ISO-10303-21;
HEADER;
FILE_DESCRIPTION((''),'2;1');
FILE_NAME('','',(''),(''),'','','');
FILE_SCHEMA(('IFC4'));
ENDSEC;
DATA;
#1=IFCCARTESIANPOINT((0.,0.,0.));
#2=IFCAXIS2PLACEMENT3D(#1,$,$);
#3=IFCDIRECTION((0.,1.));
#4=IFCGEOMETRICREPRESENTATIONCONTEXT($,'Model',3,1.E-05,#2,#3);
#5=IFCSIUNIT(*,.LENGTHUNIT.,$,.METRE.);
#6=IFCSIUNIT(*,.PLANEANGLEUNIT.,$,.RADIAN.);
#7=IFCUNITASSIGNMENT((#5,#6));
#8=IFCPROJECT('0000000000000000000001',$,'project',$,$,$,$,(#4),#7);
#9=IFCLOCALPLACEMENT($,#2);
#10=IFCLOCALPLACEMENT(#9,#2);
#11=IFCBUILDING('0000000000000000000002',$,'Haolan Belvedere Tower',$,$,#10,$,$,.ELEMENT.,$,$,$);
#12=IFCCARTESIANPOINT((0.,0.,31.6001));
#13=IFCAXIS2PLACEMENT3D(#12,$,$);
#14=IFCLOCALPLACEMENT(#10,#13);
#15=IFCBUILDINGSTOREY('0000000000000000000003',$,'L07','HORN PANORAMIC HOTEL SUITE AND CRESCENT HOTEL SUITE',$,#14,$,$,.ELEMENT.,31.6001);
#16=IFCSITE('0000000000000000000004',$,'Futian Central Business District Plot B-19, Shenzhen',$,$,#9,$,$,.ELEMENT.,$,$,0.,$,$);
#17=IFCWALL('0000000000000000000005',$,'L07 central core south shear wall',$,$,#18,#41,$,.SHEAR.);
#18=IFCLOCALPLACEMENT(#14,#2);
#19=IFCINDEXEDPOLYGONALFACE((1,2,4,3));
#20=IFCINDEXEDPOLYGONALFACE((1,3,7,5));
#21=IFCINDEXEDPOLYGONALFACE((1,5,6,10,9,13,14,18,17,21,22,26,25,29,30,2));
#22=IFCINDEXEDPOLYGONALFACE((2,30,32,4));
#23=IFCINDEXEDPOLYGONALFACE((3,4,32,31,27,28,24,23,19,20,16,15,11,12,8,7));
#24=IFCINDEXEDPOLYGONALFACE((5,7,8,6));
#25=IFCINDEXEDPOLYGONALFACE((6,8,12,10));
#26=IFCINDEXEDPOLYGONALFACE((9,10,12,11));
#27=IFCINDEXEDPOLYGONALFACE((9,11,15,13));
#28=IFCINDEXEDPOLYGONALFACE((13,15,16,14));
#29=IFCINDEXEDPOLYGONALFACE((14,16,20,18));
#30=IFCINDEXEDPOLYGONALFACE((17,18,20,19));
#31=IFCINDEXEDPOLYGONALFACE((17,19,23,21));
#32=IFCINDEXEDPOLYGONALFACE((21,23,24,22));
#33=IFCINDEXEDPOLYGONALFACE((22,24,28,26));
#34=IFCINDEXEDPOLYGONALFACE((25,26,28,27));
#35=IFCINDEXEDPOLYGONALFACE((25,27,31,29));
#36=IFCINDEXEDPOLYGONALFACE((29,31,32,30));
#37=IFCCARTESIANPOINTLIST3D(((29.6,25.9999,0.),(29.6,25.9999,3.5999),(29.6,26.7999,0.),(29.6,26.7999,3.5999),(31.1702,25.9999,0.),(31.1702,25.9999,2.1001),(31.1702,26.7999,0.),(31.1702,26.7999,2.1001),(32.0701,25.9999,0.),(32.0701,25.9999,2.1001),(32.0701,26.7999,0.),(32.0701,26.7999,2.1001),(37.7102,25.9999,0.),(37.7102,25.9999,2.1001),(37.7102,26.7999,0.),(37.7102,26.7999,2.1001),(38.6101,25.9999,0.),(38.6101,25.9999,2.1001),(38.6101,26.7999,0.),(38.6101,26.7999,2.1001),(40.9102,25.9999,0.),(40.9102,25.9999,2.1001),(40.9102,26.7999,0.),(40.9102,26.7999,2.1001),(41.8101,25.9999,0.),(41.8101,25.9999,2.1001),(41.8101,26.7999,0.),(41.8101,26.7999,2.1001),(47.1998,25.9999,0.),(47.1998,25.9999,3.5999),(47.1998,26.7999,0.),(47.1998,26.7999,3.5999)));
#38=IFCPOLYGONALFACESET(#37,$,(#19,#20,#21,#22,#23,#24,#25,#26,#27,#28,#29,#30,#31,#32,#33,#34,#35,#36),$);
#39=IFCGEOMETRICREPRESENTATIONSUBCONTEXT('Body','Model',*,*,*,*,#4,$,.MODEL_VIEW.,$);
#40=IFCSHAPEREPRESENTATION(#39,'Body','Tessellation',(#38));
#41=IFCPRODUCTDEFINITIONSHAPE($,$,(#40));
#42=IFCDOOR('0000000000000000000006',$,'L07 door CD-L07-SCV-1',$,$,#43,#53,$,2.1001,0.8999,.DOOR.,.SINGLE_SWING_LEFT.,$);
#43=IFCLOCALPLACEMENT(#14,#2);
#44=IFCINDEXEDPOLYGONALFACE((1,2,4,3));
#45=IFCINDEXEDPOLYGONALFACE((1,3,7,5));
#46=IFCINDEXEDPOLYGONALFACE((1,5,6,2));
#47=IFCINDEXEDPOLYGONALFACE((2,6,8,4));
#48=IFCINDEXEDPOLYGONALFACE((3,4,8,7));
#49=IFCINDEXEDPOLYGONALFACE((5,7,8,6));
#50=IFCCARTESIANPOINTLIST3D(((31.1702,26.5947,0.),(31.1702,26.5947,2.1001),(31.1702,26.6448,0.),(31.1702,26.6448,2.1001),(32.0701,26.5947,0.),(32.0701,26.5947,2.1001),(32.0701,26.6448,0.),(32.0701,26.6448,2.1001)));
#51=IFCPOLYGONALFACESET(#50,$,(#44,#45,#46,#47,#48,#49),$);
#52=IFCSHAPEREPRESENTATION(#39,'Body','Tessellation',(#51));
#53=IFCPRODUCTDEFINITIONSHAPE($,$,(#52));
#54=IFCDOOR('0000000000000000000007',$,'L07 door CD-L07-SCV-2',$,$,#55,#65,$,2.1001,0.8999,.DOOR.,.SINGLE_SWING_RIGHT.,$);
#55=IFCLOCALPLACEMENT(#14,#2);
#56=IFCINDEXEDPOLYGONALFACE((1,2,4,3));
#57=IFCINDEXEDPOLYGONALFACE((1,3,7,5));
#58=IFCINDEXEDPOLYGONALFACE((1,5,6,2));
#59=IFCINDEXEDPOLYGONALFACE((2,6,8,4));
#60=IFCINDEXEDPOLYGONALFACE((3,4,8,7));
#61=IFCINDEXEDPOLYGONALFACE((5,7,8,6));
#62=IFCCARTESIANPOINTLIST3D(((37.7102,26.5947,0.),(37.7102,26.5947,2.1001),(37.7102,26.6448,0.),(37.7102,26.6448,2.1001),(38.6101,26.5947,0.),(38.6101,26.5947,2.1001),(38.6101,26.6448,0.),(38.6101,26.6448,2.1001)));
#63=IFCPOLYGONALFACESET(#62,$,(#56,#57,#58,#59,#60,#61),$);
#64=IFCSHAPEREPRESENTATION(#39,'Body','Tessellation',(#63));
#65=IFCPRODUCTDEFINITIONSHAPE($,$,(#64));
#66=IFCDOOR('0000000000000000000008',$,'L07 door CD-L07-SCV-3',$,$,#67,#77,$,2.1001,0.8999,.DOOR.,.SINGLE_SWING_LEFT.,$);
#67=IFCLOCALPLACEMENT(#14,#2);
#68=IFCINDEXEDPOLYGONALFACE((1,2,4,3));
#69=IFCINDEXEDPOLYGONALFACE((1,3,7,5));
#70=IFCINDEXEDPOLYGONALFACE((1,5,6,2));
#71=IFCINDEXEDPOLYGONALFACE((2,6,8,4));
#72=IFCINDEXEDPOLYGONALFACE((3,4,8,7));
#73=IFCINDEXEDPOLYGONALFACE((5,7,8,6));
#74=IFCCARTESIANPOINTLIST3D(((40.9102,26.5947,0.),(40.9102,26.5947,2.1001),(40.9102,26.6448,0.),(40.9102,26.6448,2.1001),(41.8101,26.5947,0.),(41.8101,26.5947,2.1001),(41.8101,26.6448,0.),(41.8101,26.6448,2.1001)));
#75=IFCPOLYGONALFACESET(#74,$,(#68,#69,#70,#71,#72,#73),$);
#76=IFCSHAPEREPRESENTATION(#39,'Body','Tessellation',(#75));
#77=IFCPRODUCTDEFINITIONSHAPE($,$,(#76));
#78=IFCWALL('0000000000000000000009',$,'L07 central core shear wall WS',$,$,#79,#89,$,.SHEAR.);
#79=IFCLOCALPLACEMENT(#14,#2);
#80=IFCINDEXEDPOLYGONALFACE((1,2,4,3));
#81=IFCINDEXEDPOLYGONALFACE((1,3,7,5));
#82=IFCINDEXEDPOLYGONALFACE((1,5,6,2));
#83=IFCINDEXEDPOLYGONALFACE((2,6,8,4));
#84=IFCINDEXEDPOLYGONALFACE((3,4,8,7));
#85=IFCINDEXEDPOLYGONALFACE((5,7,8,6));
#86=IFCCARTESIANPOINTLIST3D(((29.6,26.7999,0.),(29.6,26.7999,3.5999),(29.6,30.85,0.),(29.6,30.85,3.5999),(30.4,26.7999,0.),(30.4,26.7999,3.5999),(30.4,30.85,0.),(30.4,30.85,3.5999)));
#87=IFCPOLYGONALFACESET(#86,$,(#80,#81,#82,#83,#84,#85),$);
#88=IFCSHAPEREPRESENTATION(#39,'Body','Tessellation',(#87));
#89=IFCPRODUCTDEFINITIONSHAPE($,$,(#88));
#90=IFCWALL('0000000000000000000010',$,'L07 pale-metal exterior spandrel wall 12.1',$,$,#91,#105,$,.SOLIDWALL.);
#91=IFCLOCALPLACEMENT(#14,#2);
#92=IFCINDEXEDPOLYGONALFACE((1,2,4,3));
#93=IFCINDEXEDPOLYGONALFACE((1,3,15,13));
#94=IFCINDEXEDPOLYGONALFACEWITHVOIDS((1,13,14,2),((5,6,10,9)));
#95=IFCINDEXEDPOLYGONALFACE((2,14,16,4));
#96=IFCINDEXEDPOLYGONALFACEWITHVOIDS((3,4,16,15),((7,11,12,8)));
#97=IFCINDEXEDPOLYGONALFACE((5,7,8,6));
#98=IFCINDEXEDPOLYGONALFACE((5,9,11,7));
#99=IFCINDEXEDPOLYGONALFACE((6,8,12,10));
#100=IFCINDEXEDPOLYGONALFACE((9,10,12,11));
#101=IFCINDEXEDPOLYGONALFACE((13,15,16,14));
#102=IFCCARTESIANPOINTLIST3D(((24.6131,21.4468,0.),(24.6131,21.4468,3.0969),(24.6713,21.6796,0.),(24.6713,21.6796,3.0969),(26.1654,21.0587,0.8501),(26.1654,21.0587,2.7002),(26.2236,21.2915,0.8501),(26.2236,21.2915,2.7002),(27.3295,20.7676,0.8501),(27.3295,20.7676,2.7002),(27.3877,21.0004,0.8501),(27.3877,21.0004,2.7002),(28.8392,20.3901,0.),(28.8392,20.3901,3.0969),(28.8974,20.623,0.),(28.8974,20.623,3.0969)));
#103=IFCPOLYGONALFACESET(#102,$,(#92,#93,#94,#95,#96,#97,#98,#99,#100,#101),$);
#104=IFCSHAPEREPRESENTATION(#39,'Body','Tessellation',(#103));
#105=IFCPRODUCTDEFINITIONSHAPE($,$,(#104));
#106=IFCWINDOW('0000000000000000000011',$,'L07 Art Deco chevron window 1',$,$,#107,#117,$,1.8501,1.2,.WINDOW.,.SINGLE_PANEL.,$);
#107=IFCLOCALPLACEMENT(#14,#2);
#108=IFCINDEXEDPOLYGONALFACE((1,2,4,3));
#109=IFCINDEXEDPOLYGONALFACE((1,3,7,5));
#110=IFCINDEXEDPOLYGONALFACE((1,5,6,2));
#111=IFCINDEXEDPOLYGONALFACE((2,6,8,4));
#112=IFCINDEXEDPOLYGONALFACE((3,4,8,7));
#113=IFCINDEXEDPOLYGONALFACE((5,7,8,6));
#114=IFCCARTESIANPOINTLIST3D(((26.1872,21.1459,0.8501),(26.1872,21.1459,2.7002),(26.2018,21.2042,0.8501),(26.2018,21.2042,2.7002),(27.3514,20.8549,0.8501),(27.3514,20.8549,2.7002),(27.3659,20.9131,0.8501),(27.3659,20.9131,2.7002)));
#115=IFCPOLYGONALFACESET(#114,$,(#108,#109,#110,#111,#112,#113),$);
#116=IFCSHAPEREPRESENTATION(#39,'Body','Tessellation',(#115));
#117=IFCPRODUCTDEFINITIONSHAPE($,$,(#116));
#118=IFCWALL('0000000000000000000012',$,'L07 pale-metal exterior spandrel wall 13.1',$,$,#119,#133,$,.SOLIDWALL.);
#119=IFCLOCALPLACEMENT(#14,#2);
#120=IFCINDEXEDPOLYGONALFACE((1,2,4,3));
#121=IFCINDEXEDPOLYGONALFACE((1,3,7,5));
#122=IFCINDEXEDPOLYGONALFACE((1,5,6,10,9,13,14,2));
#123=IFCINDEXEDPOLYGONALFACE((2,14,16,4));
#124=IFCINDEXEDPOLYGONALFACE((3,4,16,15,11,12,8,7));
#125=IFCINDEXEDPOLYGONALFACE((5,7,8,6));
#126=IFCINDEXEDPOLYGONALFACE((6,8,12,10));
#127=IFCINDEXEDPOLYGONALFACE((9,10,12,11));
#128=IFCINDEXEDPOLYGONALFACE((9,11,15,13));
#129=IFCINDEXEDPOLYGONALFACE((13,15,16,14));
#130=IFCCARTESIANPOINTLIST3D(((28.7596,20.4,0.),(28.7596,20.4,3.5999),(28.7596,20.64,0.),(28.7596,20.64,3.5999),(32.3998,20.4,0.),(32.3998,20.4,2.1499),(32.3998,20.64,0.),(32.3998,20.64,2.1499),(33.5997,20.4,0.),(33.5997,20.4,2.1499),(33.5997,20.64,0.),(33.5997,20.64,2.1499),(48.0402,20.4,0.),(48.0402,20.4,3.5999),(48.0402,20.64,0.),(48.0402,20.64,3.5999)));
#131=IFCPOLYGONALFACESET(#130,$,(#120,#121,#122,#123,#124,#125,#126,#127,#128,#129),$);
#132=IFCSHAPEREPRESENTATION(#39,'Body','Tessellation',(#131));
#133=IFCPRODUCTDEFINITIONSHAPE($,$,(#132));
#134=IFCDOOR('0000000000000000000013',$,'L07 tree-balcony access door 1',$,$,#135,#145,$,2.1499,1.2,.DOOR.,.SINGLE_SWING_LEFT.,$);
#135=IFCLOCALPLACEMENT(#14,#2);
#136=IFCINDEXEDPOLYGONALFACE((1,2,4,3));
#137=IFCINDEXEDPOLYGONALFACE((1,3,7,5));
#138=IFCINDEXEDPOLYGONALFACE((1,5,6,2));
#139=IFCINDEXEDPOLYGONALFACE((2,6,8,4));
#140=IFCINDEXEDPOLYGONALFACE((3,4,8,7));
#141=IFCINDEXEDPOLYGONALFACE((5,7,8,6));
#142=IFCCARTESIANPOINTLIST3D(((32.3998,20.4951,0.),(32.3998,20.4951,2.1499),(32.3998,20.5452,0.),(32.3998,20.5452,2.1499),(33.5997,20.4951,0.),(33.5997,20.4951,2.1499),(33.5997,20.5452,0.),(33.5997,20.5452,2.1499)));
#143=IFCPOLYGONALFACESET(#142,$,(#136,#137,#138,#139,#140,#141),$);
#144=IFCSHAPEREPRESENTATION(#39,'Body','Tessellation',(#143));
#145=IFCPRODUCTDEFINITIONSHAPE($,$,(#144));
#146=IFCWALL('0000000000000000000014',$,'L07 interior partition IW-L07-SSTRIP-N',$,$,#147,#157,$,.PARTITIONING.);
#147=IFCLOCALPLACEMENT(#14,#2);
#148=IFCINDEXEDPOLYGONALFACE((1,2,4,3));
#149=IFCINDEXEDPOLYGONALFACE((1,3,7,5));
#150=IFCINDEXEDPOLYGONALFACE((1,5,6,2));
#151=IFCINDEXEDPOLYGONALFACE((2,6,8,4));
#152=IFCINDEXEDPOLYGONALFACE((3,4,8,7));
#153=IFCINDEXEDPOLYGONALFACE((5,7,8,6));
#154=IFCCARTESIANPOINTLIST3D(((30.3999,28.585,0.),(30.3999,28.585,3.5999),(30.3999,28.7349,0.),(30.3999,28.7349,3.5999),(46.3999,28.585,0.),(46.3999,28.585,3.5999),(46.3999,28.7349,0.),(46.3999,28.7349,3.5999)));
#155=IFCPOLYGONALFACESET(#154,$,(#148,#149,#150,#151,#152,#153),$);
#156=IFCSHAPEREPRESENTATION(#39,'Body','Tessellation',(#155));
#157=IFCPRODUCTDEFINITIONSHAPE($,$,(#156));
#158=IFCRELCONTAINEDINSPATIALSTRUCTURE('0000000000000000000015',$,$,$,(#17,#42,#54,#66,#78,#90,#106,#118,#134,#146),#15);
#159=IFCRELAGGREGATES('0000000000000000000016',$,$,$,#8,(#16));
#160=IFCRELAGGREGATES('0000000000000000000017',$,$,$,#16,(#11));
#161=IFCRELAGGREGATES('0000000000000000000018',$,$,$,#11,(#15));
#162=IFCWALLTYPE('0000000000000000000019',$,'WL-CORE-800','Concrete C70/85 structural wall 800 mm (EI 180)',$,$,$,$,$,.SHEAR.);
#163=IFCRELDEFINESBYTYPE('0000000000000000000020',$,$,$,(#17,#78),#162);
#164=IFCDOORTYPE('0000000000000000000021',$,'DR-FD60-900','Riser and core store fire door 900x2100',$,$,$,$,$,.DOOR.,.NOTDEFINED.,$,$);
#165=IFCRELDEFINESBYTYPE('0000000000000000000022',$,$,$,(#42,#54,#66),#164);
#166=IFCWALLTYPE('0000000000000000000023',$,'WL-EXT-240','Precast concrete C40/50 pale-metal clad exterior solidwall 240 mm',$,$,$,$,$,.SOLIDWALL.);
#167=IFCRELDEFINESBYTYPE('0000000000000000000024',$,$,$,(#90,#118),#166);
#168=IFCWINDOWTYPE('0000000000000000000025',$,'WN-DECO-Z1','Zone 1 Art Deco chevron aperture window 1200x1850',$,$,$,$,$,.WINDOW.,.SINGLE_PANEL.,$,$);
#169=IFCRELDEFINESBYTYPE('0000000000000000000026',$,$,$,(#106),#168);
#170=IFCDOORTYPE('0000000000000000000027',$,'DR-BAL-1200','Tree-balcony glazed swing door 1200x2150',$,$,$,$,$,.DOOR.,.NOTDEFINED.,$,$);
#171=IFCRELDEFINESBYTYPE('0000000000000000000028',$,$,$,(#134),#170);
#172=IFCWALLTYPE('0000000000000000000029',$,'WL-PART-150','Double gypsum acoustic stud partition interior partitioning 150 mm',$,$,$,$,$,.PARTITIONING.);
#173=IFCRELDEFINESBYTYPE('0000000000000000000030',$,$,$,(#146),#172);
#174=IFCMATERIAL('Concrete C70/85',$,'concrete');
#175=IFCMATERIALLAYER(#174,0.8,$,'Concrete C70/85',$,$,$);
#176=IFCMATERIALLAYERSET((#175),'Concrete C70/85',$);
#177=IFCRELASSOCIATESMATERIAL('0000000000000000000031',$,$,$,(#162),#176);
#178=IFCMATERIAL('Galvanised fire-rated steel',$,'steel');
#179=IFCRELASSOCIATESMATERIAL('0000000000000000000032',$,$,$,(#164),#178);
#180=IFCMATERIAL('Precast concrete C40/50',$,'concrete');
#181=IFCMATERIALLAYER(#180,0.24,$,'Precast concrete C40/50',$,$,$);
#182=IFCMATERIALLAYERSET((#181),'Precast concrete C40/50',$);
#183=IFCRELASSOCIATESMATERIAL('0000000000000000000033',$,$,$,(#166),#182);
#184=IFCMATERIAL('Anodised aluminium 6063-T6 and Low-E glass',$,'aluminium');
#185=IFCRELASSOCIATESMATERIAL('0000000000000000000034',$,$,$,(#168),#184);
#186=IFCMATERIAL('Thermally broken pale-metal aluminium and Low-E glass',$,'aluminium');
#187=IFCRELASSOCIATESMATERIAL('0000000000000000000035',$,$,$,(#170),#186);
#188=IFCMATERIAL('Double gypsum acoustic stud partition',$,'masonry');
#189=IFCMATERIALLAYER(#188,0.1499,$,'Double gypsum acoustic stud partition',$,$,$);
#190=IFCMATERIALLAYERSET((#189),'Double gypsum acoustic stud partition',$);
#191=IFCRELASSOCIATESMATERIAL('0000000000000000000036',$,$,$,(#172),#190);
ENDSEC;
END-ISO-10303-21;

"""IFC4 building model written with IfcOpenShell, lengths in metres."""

from ifc_helpers import new_model, si_unit, direction, frame, frame_2d, origin, place, context, subcontext, project, spatial, rectangle, extrude, material, layer, layer_set, type_object, element, fill, save


model = new_model("IFC4")

# Units and contexts
model_context = context("Model", 3, precision=1e-05, world=origin(), true_north=direction((0.0, 1.0)))
body_context = subcontext(model_context, "Body", "Model", "MODEL_VIEW")
ifc_project = project(units=[si_unit("LENGTHUNIT", "METRE"), si_unit("PLANEANGLEUNIT", "RADIAN")], contexts=[model_context])

# Site, building, storey
site_placement = place(None, origin())
site = spatial("IfcSite", under=ifc_project, at=site_placement, Name="Futian Central Business District Plot B-19, Shenzhen", CompositionType="ELEMENT", RefElevation=0.0)
building_placement = place(site_placement, origin())
building = spatial("IfcBuilding", under=site, at=building_placement, Name="Haolan Belvedere Tower", CompositionType="ELEMENT")
storey_placement = place(building_placement, frame((0.0, 0.0, 31.6001)))
storey = spatial("IfcBuildingStorey", under=building, at=storey_placement, Name="L07", Description="HORN PANORAMIC HOTEL SUITE AND CRESCENT HOTEL SUITE", CompositionType="ELEMENT", Elevation=31.6001)

# Wall, openings, doors
ifc_material_1 = material(Name="Concrete C70/85", Category="concrete")
ifc_layer_1 = layer(ifc_material_1, 0.8, Name="Concrete C70/85")
ifc_layer_set_1 = layer_set([ifc_layer_1], Name="Concrete C70/85")
wall_type_1 = type_object("IfcWallType", Name="WL-CORE-800", Description="Concrete C70/85 structural wall 800 mm (EI 180)", PredefinedType="SHEAR", material=ifc_layer_set_1)
wall_1_placement = place(storey_placement, frame((29.6001, 26.3999, 0.0), z_axis=(0.0, 0.0, 1.0), x_axis=(1.0, 0.0, 0.0)))
wall_1 = element("IfcWall", 1, at=wall_1_placement, inside=storey, type_object=wall_type_1, Name="L07 central core south shear wall", PredefinedType="SHEAR", context=body_context, shape_type="SweptSolid", body=[
    extrude(rectangle(XDim=17.5999, YDim=0.8, at=frame_2d((8.7998, 0.0))), origin(), (0.0, 0.0, 1.0), 3.5999),
])
opening_1_placement = place(wall_1_placement, frame((2.47, 0.0, 0.0), z_axis=(0.0, 0.0, 1.0), x_axis=(-1.0, 0.0, 0.0)))
opening_1 = element("IfcOpeningElement", 2, at=opening_1_placement, cuts=wall_1, PredefinedType="OPENING", context=body_context, shape_type="SweptSolid", body=[
    extrude(rectangle(XDim=0.8999, YDim=2.1001, at=frame_2d((0.45, 1.05))), frame((0.0, 0.4099, 0.0), z_axis=(0.0, -1.0, 0.0), x_axis=(1.0, 0.0, 0.0)), (0.0, 0.0, 1.0), 0.8201),
])
opening_2_placement = place(wall_1_placement, frame((9.01, 0.0, 0.0), z_axis=(0.0, 0.0, 1.0), x_axis=(-1.0, 0.0, 0.0)))
opening_2 = element("IfcOpeningElement", 3, at=opening_2_placement, cuts=wall_1, PredefinedType="OPENING", context=body_context, shape_type="SweptSolid", body=[
    extrude(rectangle(XDim=0.8999, YDim=2.1001, at=frame_2d((0.45, 1.05))), frame((0.0, 0.4099, 0.0), z_axis=(0.0, -1.0, 0.0), x_axis=(1.0, 0.0, 0.0)), (0.0, 0.0, 1.0), 0.8201),
])
opening_3_placement = place(wall_1_placement, frame((12.21, 0.0, 0.0), z_axis=(0.0, 0.0, 1.0), x_axis=(-1.0, 0.0, 0.0)))
opening_3 = element("IfcOpeningElement", 4, at=opening_3_placement, cuts=wall_1, PredefinedType="OPENING", context=body_context, shape_type="SweptSolid", body=[
    extrude(rectangle(XDim=0.8999, YDim=2.1001, at=frame_2d((0.45, 1.05))), frame((0.0, 0.4099, 0.0), z_axis=(0.0, -1.0, 0.0), x_axis=(1.0, 0.0, 0.0)), (0.0, 0.0, 1.0), 0.8201),
])
ifc_material_2 = material(Name="Galvanised fire-rated steel", Category="steel")
door_type_1 = type_object("IfcDoorType", Name="DR-FD60-900", Description="Riser and core store fire door 900x2100", OperationType="NOTDEFINED", PredefinedType="DOOR", material=ifc_material_2)
door_1_placement = place(opening_1_placement, origin())
door_1 = element("IfcDoor", 5, at=door_1_placement, inside=storey, type_object=door_type_1, Name="L07 door CD-L07-SCV-1", OperationType="SINGLE_SWING_LEFT", OverallHeight=2.1001, OverallWidth=0.8999, PredefinedType="DOOR", context=body_context, shape_type="SweptSolid", body=[
    extrude(rectangle(XDim=0.8999, YDim=2.1001, at=frame_2d((0.45, 1.05))), frame((0.0, -0.1948, 0.0), z_axis=(0.0, -1.0, 0.0), x_axis=(1.0, 0.0, 0.0)), (0.0, 0.0, 1.0), 0.05),
])
fill(opening_1, door_1)
door_2_placement = place(opening_2_placement, origin())
door_2 = element("IfcDoor", 6, at=door_2_placement, inside=storey, type_object=door_type_1, Name="L07 door CD-L07-SCV-2", OperationType="SINGLE_SWING_RIGHT", OverallHeight=2.1001, OverallWidth=0.8999, PredefinedType="DOOR", context=body_context, shape_type="SweptSolid", body=[
    extrude(rectangle(XDim=0.8999, YDim=2.1001, at=frame_2d((0.45, 1.05))), frame((0.0, -0.1948, 0.0), z_axis=(0.0, -1.0, 0.0), x_axis=(1.0, 0.0, 0.0)), (0.0, 0.0, 1.0), 0.05),
])
fill(opening_2, door_2)
door_3_placement = place(opening_3_placement, origin())
door_3 = element("IfcDoor", 7, at=door_3_placement, inside=storey, type_object=door_type_1, Name="L07 door CD-L07-SCV-3", OperationType="SINGLE_SWING_LEFT", OverallHeight=2.1001, OverallWidth=0.8999, PredefinedType="DOOR", context=body_context, shape_type="SweptSolid", body=[
    extrude(rectangle(XDim=0.8999, YDim=2.1001, at=frame_2d((0.45, 1.05))), frame((0.0, -0.1948, 0.0), z_axis=(0.0, -1.0, 0.0), x_axis=(1.0, 0.0, 0.0)), (0.0, 0.0, 1.0), 0.05),
])
fill(opening_3, door_3)

# Wall
wall_2_placement = place(storey_placement, frame((30.0, 26.8, 0.0), z_axis=(0.0, 0.0, 1.0), x_axis=(0.0, 1.0, 0.0)))
element("IfcWall", 8, at=wall_2_placement, inside=storey, type_object=wall_type_1, Name="L07 central core shear wall WS", PredefinedType="SHEAR", context=body_context, shape_type="SweptSolid", body=[
    extrude(rectangle(XDim=4.05, YDim=0.8, at=frame_2d((2.0249, 0.0))), origin(), (0.0, 0.0, 1.0), 3.5999),
])

# Wall, opening, window
ifc_material_3 = material(Name="Precast concrete C40/50", Category="concrete")
ifc_layer_2 = layer(ifc_material_3, 0.24, Name="Precast concrete C40/50")
ifc_layer_set_2 = layer_set([ifc_layer_2], Name="Precast concrete C40/50")
wall_type_2 = type_object("IfcWallType", Name="WL-EXT-240", Description="Precast concrete C40/50 pale-metal clad exterior solidwall 240 mm", PredefinedType="SOLIDWALL", material=ifc_layer_set_2)
wall_3_placement = place(storey_placement, frame((24.6421, 21.5632, 0.0), z_axis=(0.0, 0.0, 1.0), x_axis=(0.970136, -0.242562, 0.0)))
wall_3 = element("IfcWall", 9, at=wall_3_placement, inside=storey, type_object=wall_type_2, Name="L07 pale-metal exterior spandrel wall 12.1", PredefinedType="SOLIDWALL", context=body_context, shape_type="SweptSolid", body=[
    extrude(rectangle(XDim=4.3562, YDim=0.24, at=frame_2d((2.1782, 0.0))), origin(), (0.0, 0.0, 1.0), 3.0969),
])
opening_4_placement = place(wall_3_placement, frame((1.6001, 0.0, 0.8501)))
opening_4 = element("IfcOpeningElement", 10, at=opening_4_placement, cuts=wall_3, PredefinedType="OPENING", context=body_context, shape_type="SweptSolid", body=[
    extrude(rectangle(XDim=1.2, YDim=1.8501, at=frame_2d((0.6001, 0.925))), frame((0.0, 0.1299, 0.0), z_axis=(0.0, -1.0, 0.0), x_axis=(1.0, 0.0, 0.0)), (0.0, 0.0, 1.0), 0.26),
])
ifc_material_4 = material(Name="Anodised aluminium 6063-T6 and Low-E glass", Category="aluminium")
window_type = type_object("IfcWindowType", Name="WN-DECO-Z1", Description="Zone 1 Art Deco chevron aperture window 1200x1850", PartitioningType="SINGLE_PANEL", PredefinedType="WINDOW", material=ifc_material_4)
window_placement = place(opening_4_placement, origin())
window = element("IfcWindow", 11, at=window_placement, inside=storey, type_object=window_type, Name="L07 Art Deco chevron window 1", OverallHeight=1.8501, OverallWidth=1.2, PartitioningType="SINGLE_PANEL", PredefinedType="WINDOW", context=body_context, shape_type="SweptSolid", body=[
    extrude(rectangle(XDim=1.2, YDim=1.8501, at=frame_2d((0.6001, 0.925))), frame((0.0, 0.03, 0.0), z_axis=(0.0, -1.0, 0.0), x_axis=(1.0, 0.0, 0.0)), (0.0, 0.0, 1.0), 0.0601),
])
fill(opening_4, window)

# Wall, opening, door
wall_4_placement = place(storey_placement, frame((28.7598, 20.52, 0.0), z_axis=(0.0, 0.0, 1.0), x_axis=(1.0, 0.0, 0.0)))
wall_4 = element("IfcWall", 12, at=wall_4_placement, inside=storey, type_object=wall_type_2, Name="L07 pale-metal exterior spandrel wall 13.1", PredefinedType="SOLIDWALL", context=body_context, shape_type="SweptSolid", body=[
    extrude(rectangle(XDim=19.2805, YDim=0.24, at=frame_2d((9.6401, 0.0))), origin(), (0.0, 0.0, 1.0), 3.5999),
])
opening_5_placement = place(wall_4_placement, frame((4.8401, 0.0, 0.0), z_axis=(0.0, 0.0, 1.0), x_axis=(-1.0, 0.0, 0.0)))
opening_5 = element("IfcOpeningElement", 13, at=opening_5_placement, cuts=wall_4, PredefinedType="OPENING", context=body_context, shape_type="SweptSolid", body=[
    extrude(rectangle(XDim=1.2, YDim=2.1499, at=frame_2d((0.6001, 1.075))), frame((0.0, 0.1299, 0.0), z_axis=(0.0, -1.0, 0.0), x_axis=(1.0, 0.0, 0.0)), (0.0, 0.0, 1.0), 0.26),
])
ifc_material_5 = material(Name="Thermally broken pale-metal aluminium and Low-E glass", Category="aluminium")
door_type_2 = type_object("IfcDoorType", Name="DR-BAL-1200", Description="Tree-balcony glazed swing door 1200x2150", OperationType="NOTDEFINED", PredefinedType="DOOR", material=ifc_material_5)
door_4_placement = place(opening_5_placement, origin())
door_4 = element("IfcDoor", 14, at=door_4_placement, inside=storey, type_object=door_type_2, Name="L07 tree-balcony access door 1", OperationType="SINGLE_SWING_LEFT", OverallHeight=2.1499, OverallWidth=1.2, PredefinedType="DOOR", context=body_context, shape_type="SweptSolid", body=[
    extrude(rectangle(XDim=1.2, YDim=2.1499, at=frame_2d((0.6001, 1.075))), frame((0.0, 0.0249, 0.0), z_axis=(0.0, -1.0, 0.0), x_axis=(1.0, 0.0, 0.0)), (0.0, 0.0, 1.0), 0.05),
])
fill(opening_5, door_4)

# Wall
ifc_material_6 = material(Name="Double gypsum acoustic stud partition", Category="masonry")
ifc_layer_3 = layer(ifc_material_6, 0.1499, Name="Double gypsum acoustic stud partition")
ifc_layer_set_3 = layer_set([ifc_layer_3], Name="Double gypsum acoustic stud partition")
wall_type_3 = type_object("IfcWallType", Name="WL-PART-150", Description="Double gypsum acoustic stud partition interior partitioning 150 mm", PredefinedType="PARTITIONING", material=ifc_layer_set_3)
wall_5_placement = place(storey_placement, frame((30.3999, 28.6599, 0.0), z_axis=(0.0, 0.0, 1.0), x_axis=(1.0, 0.0, 0.0)))
element("IfcWall", 15, at=wall_5_placement, inside=storey, type_object=wall_type_3, Name="L07 interior partition IW-L07-SSTRIP-N", PredefinedType="PARTITIONING", context=body_context, shape_type="SweptSolid", body=[
    extrude(rectangle(XDim=16.0, YDim=0.1499, at=frame_2d((8.0, 0.0))), origin(), (0.0, 0.0, 1.0), 3.5999),
])

save(model, "model.ifc")
